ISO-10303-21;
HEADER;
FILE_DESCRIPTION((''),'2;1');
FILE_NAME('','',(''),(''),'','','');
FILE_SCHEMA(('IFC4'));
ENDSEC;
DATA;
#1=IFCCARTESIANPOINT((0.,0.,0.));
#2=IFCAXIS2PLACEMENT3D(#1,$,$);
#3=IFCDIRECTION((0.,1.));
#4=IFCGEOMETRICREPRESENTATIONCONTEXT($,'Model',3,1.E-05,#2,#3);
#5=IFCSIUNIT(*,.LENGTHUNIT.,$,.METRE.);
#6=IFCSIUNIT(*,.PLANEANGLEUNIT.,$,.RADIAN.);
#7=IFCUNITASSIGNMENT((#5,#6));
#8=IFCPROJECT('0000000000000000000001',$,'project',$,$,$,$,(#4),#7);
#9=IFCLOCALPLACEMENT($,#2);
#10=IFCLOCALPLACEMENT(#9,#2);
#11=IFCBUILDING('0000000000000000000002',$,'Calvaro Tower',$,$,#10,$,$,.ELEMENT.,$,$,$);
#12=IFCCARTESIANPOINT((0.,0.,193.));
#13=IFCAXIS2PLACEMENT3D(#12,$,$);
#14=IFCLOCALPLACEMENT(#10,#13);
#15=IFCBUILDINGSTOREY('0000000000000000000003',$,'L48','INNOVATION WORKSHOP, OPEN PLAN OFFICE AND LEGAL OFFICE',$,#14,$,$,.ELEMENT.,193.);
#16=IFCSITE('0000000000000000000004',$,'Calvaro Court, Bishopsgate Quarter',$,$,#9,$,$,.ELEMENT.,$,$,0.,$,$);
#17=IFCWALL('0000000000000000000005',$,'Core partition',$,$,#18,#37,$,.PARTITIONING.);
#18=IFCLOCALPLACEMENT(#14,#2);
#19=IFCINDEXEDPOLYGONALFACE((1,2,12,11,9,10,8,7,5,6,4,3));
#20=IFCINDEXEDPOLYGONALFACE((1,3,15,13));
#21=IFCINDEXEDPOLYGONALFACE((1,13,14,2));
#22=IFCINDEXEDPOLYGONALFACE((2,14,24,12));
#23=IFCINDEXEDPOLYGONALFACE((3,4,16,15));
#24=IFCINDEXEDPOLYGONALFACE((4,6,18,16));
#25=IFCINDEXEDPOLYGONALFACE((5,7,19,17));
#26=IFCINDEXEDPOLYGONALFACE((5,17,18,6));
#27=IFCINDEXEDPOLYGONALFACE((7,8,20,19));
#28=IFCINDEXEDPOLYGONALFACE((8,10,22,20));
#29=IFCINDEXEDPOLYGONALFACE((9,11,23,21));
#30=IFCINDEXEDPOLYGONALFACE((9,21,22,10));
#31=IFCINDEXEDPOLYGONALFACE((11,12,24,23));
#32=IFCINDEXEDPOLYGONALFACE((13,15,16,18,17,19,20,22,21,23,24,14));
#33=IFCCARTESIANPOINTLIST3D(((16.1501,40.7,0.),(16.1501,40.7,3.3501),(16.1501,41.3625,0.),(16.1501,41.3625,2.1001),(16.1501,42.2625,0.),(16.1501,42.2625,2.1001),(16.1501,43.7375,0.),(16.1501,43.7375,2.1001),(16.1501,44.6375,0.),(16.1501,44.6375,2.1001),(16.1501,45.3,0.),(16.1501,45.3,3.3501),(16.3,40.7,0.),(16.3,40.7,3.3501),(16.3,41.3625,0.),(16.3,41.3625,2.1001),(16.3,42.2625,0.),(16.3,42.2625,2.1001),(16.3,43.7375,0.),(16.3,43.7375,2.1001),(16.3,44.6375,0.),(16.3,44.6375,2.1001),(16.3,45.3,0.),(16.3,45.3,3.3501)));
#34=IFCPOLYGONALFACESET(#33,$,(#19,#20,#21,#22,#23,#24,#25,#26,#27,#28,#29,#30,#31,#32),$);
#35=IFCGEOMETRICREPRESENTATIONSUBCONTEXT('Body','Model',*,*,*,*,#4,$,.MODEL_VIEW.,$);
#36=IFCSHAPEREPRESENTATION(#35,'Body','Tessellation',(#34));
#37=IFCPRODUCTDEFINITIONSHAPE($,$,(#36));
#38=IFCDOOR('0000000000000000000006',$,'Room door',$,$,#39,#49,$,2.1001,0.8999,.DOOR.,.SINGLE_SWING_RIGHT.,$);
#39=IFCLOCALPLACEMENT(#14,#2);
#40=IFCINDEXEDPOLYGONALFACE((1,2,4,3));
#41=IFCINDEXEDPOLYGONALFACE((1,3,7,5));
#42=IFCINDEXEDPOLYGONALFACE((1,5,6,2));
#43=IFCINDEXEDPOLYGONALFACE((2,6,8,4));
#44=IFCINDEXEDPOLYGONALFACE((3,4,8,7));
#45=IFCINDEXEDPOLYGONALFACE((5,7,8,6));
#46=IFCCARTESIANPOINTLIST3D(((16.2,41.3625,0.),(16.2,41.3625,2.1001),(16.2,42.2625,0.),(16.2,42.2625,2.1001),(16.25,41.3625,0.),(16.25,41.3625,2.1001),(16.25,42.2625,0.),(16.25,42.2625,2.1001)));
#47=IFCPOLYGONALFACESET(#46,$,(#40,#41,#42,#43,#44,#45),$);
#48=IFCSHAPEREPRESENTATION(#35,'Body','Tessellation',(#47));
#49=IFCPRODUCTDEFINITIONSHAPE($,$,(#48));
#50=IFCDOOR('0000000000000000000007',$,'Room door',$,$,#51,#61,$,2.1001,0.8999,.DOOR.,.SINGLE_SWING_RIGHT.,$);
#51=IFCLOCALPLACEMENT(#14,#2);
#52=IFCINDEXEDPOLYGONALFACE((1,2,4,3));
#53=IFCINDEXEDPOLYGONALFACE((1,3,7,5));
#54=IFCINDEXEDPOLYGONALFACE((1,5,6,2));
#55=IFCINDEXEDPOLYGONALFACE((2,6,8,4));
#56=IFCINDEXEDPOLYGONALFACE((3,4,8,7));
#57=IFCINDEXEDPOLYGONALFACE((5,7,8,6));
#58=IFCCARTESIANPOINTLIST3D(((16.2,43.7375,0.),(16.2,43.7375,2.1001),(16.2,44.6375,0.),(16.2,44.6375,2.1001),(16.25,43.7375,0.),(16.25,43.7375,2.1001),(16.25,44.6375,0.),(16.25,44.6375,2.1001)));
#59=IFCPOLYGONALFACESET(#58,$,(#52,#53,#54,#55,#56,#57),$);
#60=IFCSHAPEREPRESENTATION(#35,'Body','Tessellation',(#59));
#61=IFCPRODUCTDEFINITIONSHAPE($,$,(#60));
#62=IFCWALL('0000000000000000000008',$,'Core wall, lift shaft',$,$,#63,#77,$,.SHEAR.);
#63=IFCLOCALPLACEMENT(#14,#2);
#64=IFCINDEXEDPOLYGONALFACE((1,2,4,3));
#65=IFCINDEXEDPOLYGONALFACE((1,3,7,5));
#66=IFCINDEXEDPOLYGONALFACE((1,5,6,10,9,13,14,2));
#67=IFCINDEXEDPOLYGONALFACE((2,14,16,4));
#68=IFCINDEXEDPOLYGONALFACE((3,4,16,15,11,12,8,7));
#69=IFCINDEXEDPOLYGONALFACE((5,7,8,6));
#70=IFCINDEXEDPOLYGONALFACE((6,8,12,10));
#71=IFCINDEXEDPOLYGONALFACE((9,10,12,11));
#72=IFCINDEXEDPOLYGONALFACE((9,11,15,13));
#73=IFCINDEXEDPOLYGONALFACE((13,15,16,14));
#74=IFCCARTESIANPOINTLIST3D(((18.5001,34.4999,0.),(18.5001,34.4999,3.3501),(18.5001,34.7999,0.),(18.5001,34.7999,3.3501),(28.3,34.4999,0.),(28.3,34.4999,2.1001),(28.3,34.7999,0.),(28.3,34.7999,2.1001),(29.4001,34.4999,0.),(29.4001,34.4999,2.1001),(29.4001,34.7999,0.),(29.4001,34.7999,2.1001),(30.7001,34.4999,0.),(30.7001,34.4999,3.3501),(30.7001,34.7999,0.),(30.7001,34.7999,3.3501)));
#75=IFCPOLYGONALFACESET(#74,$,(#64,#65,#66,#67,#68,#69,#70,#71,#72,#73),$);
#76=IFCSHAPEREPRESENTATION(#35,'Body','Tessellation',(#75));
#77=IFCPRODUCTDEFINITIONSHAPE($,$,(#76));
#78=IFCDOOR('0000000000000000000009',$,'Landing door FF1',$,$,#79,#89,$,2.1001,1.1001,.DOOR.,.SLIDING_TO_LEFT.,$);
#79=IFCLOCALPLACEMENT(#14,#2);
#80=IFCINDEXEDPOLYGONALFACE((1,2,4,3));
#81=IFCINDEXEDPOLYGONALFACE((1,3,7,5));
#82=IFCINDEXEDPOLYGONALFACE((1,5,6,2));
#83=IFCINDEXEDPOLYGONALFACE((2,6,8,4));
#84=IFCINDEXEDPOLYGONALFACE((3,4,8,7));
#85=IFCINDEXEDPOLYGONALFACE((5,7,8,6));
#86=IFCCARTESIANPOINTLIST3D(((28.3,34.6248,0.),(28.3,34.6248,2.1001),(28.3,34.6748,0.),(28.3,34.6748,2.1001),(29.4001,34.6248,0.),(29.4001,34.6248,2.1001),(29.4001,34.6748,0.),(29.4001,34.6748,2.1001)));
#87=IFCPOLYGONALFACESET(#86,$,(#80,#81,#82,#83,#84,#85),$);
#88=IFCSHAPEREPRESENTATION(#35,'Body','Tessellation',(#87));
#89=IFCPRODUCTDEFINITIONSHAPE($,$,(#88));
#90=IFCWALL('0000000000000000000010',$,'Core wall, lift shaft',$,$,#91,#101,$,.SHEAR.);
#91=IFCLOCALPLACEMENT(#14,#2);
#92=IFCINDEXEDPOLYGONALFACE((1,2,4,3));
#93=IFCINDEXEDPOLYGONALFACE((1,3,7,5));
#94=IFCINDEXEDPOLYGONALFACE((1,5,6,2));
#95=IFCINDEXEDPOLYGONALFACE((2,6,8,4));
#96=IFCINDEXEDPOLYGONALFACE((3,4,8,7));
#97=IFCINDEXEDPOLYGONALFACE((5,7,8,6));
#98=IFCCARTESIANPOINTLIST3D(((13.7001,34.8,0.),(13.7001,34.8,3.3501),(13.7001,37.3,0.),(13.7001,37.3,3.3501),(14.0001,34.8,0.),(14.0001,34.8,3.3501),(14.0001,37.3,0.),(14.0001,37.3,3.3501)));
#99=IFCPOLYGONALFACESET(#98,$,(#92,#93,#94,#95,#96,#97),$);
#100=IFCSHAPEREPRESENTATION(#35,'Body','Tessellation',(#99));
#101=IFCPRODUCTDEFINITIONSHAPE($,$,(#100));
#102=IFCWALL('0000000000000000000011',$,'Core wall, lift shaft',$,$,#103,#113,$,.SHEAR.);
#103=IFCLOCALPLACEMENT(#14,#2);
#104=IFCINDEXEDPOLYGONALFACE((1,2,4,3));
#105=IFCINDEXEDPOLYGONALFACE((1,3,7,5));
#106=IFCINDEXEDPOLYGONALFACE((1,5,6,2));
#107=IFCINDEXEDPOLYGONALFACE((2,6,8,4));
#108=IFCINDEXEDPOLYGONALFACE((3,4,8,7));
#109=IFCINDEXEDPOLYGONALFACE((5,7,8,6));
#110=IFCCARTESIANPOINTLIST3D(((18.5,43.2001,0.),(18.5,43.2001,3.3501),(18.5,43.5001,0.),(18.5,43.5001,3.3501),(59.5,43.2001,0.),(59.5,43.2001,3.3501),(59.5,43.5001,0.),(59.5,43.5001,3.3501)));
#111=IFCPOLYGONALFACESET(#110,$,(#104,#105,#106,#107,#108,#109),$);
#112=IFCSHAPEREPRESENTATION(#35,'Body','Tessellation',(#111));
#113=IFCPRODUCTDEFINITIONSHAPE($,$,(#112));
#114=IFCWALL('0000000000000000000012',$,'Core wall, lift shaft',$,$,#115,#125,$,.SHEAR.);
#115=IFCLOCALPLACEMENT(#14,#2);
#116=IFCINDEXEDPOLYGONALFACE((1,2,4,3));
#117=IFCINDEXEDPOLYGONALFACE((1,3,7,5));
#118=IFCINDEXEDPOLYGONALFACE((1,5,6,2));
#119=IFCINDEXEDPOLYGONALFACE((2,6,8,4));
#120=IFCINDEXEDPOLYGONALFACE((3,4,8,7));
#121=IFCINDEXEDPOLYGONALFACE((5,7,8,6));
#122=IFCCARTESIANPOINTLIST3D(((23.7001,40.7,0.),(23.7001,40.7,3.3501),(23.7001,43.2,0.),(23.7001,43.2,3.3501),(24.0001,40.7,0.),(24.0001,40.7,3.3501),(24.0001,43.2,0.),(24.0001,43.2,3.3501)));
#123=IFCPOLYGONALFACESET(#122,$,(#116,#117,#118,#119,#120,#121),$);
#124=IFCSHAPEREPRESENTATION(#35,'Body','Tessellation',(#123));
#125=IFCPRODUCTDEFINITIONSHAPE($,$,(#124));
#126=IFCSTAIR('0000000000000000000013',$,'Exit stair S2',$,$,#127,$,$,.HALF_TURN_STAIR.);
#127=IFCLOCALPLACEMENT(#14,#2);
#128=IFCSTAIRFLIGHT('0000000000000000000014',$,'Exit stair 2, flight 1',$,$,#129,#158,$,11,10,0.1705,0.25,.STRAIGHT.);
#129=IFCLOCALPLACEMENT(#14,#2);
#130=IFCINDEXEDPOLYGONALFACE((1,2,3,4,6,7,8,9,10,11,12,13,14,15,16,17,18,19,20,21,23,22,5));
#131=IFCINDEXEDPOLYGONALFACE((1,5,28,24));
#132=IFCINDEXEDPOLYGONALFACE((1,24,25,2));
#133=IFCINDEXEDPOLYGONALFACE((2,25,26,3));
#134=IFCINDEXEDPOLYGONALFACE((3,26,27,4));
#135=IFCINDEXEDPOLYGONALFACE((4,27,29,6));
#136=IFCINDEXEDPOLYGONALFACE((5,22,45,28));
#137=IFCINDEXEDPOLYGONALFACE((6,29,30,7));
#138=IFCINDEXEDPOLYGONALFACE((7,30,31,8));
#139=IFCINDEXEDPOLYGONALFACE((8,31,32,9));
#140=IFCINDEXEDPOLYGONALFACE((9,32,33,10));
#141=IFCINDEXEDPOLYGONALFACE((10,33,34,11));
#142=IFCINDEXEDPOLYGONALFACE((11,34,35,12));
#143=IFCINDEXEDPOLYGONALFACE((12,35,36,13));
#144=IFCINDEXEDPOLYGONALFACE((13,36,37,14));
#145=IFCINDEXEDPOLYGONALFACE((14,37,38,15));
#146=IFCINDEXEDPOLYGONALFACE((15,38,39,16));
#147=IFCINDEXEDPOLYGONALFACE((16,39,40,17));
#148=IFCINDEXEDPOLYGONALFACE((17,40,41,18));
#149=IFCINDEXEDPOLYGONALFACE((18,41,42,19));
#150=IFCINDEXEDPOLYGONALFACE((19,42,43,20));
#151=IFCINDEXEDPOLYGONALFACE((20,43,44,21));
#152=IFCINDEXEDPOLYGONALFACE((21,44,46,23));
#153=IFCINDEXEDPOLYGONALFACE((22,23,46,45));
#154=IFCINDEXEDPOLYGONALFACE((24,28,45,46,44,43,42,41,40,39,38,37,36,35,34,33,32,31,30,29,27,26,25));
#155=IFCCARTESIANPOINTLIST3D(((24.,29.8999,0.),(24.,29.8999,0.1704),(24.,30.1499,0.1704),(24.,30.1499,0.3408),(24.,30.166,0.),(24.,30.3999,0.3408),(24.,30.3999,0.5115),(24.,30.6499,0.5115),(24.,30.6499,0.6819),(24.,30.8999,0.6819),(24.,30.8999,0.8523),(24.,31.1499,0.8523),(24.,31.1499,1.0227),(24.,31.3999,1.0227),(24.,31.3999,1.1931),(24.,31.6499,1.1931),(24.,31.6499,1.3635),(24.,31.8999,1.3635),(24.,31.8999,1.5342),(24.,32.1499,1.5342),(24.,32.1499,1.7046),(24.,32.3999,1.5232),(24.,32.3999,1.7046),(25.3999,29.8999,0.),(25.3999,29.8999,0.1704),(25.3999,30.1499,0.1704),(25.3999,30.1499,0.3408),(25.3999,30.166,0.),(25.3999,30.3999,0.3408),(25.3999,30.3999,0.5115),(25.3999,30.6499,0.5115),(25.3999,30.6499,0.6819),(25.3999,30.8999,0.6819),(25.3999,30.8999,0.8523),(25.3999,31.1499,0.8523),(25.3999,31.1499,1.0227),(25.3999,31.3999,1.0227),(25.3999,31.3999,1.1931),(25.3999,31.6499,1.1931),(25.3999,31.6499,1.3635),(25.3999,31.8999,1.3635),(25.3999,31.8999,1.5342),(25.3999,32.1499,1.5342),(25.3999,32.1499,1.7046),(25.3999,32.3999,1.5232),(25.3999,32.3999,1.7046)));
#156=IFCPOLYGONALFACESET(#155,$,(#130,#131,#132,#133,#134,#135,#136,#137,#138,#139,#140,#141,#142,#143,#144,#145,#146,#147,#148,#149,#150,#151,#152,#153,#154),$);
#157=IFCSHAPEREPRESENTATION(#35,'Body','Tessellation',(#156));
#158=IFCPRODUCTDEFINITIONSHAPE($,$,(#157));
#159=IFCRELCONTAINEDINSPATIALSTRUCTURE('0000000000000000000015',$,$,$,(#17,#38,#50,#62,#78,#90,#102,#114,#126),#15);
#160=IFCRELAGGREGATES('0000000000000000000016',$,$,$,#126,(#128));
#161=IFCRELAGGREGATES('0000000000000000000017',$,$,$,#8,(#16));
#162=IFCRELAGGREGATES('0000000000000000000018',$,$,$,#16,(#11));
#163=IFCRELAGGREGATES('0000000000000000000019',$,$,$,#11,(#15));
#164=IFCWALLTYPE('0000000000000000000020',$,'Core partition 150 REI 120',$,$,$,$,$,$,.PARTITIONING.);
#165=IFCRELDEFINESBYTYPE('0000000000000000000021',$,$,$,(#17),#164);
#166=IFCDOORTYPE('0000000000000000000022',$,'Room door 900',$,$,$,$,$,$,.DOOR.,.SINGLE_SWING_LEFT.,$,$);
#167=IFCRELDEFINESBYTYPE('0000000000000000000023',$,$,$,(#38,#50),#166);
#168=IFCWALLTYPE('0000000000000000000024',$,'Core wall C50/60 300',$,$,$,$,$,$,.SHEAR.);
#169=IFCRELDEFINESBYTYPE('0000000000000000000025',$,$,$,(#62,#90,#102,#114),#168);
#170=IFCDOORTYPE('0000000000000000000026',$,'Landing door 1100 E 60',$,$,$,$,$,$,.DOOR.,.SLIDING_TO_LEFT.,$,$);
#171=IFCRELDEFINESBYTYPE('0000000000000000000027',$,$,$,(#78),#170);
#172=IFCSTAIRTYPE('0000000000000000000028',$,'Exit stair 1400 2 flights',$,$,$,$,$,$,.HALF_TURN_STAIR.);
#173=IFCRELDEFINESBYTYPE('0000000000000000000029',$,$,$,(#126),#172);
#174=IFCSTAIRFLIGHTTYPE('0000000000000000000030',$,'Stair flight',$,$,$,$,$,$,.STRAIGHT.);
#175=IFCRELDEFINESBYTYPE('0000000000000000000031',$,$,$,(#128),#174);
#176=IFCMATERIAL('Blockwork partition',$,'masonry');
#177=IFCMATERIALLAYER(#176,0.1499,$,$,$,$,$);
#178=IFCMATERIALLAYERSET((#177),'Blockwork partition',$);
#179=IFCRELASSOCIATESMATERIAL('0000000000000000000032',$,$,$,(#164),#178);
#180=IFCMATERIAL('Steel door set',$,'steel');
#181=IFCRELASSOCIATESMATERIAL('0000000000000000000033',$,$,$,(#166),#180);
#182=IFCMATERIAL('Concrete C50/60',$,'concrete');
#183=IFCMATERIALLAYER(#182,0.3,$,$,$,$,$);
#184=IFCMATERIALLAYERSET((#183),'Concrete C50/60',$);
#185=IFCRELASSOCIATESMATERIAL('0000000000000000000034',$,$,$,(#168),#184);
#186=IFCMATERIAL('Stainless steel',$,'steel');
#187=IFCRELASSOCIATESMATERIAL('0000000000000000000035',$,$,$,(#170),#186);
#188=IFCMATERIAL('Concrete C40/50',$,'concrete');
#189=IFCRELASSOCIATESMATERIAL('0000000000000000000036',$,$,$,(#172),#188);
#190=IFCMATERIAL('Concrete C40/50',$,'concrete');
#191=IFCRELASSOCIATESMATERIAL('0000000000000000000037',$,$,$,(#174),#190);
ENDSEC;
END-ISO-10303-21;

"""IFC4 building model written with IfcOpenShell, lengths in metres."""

from ifc_helpers import new_model, si_unit, direction, frame, frame_2d, origin, place, context, subcontext, project, spatial, polyline, rectangle, outline, extrude, material, layer, layer_set, type_object, element, fill, aggregate, save


model = new_model("IFC4")

# Units and contexts
model_context = context("Model", 3, precision=1e-05, world=origin(), true_north=direction((0.0, 1.0)))
body_context = subcontext(model_context, "Body", "Model", "MODEL_VIEW")
ifc_project = project(units=[si_unit("LENGTHUNIT", "METRE"), si_unit("PLANEANGLEUNIT", "RADIAN")], contexts=[model_context])

# Site, building, storey
site_placement = place(None, origin())
site = spatial("IfcSite", under=ifc_project, at=site_placement, Name="Calvaro Court, Bishopsgate Quarter", CompositionType="ELEMENT", RefElevation=0.0)
building_placement = place(site_placement, origin())
building = spatial("IfcBuilding", under=site, at=building_placement, Name="Calvaro Tower", CompositionType="ELEMENT")
storey_placement = place(building_placement, frame((0.0, 0.0, 193.0)))
storey = spatial("IfcBuildingStorey", under=building, at=storey_placement, Name="L48", Description="INNOVATION WORKSHOP, OPEN PLAN OFFICE AND LEGAL OFFICE", CompositionType="ELEMENT", Elevation=193.0)

# Wall, openings, doors
ifc_material_1 = material(Name="Blockwork partition", Category="masonry")
ifc_layer_1 = layer(ifc_material_1, 0.1499)
ifc_layer_set_1 = layer_set([ifc_layer_1], Name="Blockwork partition")
wall_type_1 = type_object("IfcWallType", Name="Core partition 150 REI 120", PredefinedType="PARTITIONING", material=ifc_layer_set_1)
wall_1_placement = place(storey_placement, frame((16.2251, 45.3, 0.0), z_axis=(0.0, 0.0, 1.0), x_axis=(0.0, -1.0, 0.0)))
wall_1 = element("IfcWall", 1, at=wall_1_placement, inside=storey, type_object=wall_type_1, Name="Core partition", PredefinedType="PARTITIONING", context=body_context, shape_type="SweptSolid", body=[
    extrude(rectangle(XDim=4.6001, YDim=0.1499, at=frame_2d((2.3, 0.0))), origin(), (0.0, 0.0, 1.0), 3.3501),
])
opening_1_placement = place(wall_1_placement, frame((3.0376, 0.0, 0.0)))
opening_1 = element("IfcOpeningElement", 2, at=opening_1_placement, cuts=wall_1, PredefinedType="OPENING", context=body_context, shape_type="SweptSolid", body=[
    extrude(rectangle(XDim=0.8999, YDim=2.1001, at=frame_2d((0.45, 1.05))), frame((0.0, 0.085, 0.0), z_axis=(0.0, -1.0, 0.0), x_axis=(1.0, 0.0, 0.0)), (0.0, 0.0, 1.0), 0.1699),
])
opening_2_placement = place(wall_1_placement, frame((0.6626, 0.0, 0.0)))
opening_2 = element("IfcOpeningElement", 3, at=opening_2_placement, cuts=wall_1, PredefinedType="OPENING", context=body_context, shape_type="SweptSolid", body=[
    extrude(rectangle(XDim=0.8999, YDim=2.1001, at=frame_2d((0.45, 1.05))), frame((0.0, 0.085, 0.0), z_axis=(0.0, -1.0, 0.0), x_axis=(1.0, 0.0, 0.0)), (0.0, 0.0, 1.0), 0.1699),
])
ifc_material_2 = material(Name="Steel door set", Category="steel")
door_type_1 = type_object("IfcDoorType", Name="Room door 900", OperationType="SINGLE_SWING_LEFT", PredefinedType="DOOR", material=ifc_material_2)
door_1_placement = place(opening_1_placement, origin())
door_1 = element("IfcDoor", 4, at=door_1_placement, inside=storey, type_object=door_type_1, Name="Room door", OperationType="SINGLE_SWING_RIGHT", OverallHeight=2.1001, OverallWidth=0.8999, PredefinedType="DOOR", context=body_context, shape_type="SweptSolid", body=[
    extrude(rectangle(XDim=0.8999, YDim=2.1001, at=frame_2d((0.45, 1.05))), frame((0.0, 0.0249, 0.0), z_axis=(0.0, -1.0, 0.0), x_axis=(1.0, 0.0, 0.0)), (0.0, 0.0, 1.0), 0.05),
])
fill(opening_1, door_1)
door_2_placement = place(opening_2_placement, origin())
door_2 = element("IfcDoor", 5, at=door_2_placement, inside=storey, type_object=door_type_1, Name="Room door", OperationType="SINGLE_SWING_RIGHT", OverallHeight=2.1001, OverallWidth=0.8999, PredefinedType="DOOR", context=body_context, shape_type="SweptSolid", body=[
    extrude(rectangle(XDim=0.8999, YDim=2.1001, at=frame_2d((0.45, 1.05))), frame((0.0, 0.0249, 0.0), z_axis=(0.0, -1.0, 0.0), x_axis=(1.0, 0.0, 0.0)), (0.0, 0.0, 1.0), 0.05),
])
fill(opening_2, door_2)

# Wall, opening, door
ifc_material_3 = material(Name="Concrete C50/60", Category="concrete")
ifc_layer_2 = layer(ifc_material_3, 0.3)
ifc_layer_set_2 = layer_set([ifc_layer_2], Name="Concrete C50/60")
wall_type_2 = type_object("IfcWallType", Name="Core wall C50/60 300", PredefinedType="SHEAR", material=ifc_layer_set_2)
wall_2_placement = place(storey_placement, frame((18.5, 34.6499, 0.0), z_axis=(0.0, 0.0, 1.0), x_axis=(1.0, 0.0, 0.0)))
wall_2 = element("IfcWall", 6, at=wall_2_placement, inside=storey, type_object=wall_type_2, Name="Core wall, lift shaft", PredefinedType="SHEAR", context=body_context, shape_type="SweptSolid", body=[
    extrude(rectangle(XDim=12.2, YDim=0.3, at=frame_2d((6.1001, 0.0))), origin(), (0.0, 0.0, 1.0), 3.3501),
])
opening_3_placement = place(wall_2_placement, frame((9.8, 0.0, 0.0)))
opening_3 = element("IfcOpeningElement", 7, at=opening_3_placement, cuts=wall_2, PredefinedType="OPENING", context=body_context, shape_type="SweptSolid", body=[
    extrude(rectangle(XDim=1.1001, YDim=2.1001, at=frame_2d((0.55, 1.05))), frame((0.0, 0.1599, 0.0), z_axis=(0.0, -1.0, 0.0), x_axis=(1.0, 0.0, 0.0)), (0.0, 0.0, 1.0), 0.3201),
])
ifc_material_4 = material(Name="Stainless steel", Category="steel")
door_type_2 = type_object("IfcDoorType", Name="Landing door 1100 E 60", OperationType="SLIDING_TO_LEFT", PredefinedType="DOOR", material=ifc_material_4)
door_3_placement = place(opening_3_placement, origin())
door_3 = element("IfcDoor", 8, at=door_3_placement, inside=storey, type_object=door_type_2, Name="Landing door FF1", OperationType="SLIDING_TO_LEFT", OverallHeight=2.1001, OverallWidth=1.1001, PredefinedType="DOOR", context=body_context, shape_type="SweptSolid", body=[
    extrude(rectangle(XDim=1.1001, YDim=2.1001, at=frame_2d((0.55, 1.05))), frame((0.0, 0.0249, 0.0), z_axis=(0.0, -1.0, 0.0), x_axis=(1.0, 0.0, 0.0)), (0.0, 0.0, 1.0), 0.05),
])
fill(opening_3, door_3)

# Wall
wall_3_placement = place(storey_placement, frame((13.8501, 34.8, 0.0), z_axis=(0.0, 0.0, 1.0), x_axis=(0.0, 1.0, 0.0)))
element("IfcWall", 9, at=wall_3_placement, inside=storey, type_object=wall_type_2, Name="Core wall, lift shaft", PredefinedType="SHEAR", context=body_context, shape_type="SweptSolid", body=[
    extrude(rectangle(XDim=2.5, YDim=0.3, at=frame_2d((1.25, 0.0))), origin(), (0.0, 0.0, 1.0), 3.3501),
])

# Walls
wall_4_placement = place(storey_placement, frame((18.5, 43.3501, 0.0), z_axis=(0.0, 0.0, 1.0), x_axis=(1.0, 0.0, 0.0)))
element("IfcWall", 10, at=wall_4_placement, inside=storey, type_object=wall_type_2, Name="Core wall, lift shaft", PredefinedType="SHEAR", context=body_context, shape_type="SweptSolid", body=[
    extrude(rectangle(XDim=41.0, YDim=0.3, at=frame_2d((20.5, 0.0))), origin(), (0.0, 0.0, 1.0), 3.3501),
])
wall_5_placement = place(storey_placement, frame((23.8501, 40.7, 0.0), z_axis=(0.0, 0.0, 1.0), x_axis=(0.0, 1.0, 0.0)))
element("IfcWall", 11, at=wall_5_placement, inside=storey, type_object=wall_type_2, Name="Core wall, lift shaft", PredefinedType="SHEAR", context=body_context, shape_type="SweptSolid", body=[
    extrude(rectangle(XDim=2.5, YDim=0.3, at=frame_2d((1.25, 0.0))), origin(), (0.0, 0.0, 1.0), 3.3501),
])

# Stair, stair flight
ifc_material_5 = material(Name="Concrete C40/50", Category="concrete")
stair_type = type_object("IfcStairType", Name="Exit stair 1400 2 flights", PredefinedType="HALF_TURN_STAIR", material=ifc_material_5)
stair_1_placement = place(storey_placement, origin())
stair_1 = element("IfcStair", 12, at=stair_1_placement, inside=storey, type_object=stair_type, Name="Exit stair S2", PredefinedType="HALF_TURN_STAIR")
ifc_material_6 = material(Name="Concrete C40/50", Category="concrete")
stair_flight_type = type_object("IfcStairFlightType", Name="Stair flight", PredefinedType="STRAIGHT", material=ifc_material_6)
stair_flight_placement = place(storey_placement, frame((24.7, 29.8999, 0.0), z_axis=(0.0, 0.0, 1.0), x_axis=(0.0, 1.0, 0.0)))
stair_flight = element("IfcStairFlight", 13, at=stair_flight_placement, type_object=stair_flight_type, Name="Exit stair 2, flight 1", NumberOfRisers=11, NumberOfTreads=10, PredefinedType="STRAIGHT", RiserHeight=0.1705, TreadLength=0.25, context=body_context, shape_type="SweptSolid", body=[
    extrude(outline(polyline([(0.0, 0.0), (0.0, 0.1704), (0.25, 0.1704), (0.25, 0.3408), (0.5, 0.3408), (0.5, 0.5115), (0.75, 0.5115), (0.75, 0.6819), (1.0, 0.6819), (1.0, 0.8523), (1.25, 0.8523), (1.25, 1.0227), (1.5, 1.0227), (1.5, 1.1931), (1.75, 1.1931), (1.75, 1.3635), (2.0, 1.3635), (2.0, 1.5342), (2.25, 1.5342), (2.25, 1.7046), (2.5, 1.7046), (2.5, 1.875), (2.5, 1.5232), (0.2661, 0.0), (0.0, 0.0)])), frame((0.0, 0.7, 0.0), z_axis=(0.0, -1.0, 0.0), x_axis=(1.0, 0.0, 0.0)), (0.0, 0.0, 1.0), 1.3999),
])

aggregate(stair_1, [stair_flight])

save(model, "model.ifc")
